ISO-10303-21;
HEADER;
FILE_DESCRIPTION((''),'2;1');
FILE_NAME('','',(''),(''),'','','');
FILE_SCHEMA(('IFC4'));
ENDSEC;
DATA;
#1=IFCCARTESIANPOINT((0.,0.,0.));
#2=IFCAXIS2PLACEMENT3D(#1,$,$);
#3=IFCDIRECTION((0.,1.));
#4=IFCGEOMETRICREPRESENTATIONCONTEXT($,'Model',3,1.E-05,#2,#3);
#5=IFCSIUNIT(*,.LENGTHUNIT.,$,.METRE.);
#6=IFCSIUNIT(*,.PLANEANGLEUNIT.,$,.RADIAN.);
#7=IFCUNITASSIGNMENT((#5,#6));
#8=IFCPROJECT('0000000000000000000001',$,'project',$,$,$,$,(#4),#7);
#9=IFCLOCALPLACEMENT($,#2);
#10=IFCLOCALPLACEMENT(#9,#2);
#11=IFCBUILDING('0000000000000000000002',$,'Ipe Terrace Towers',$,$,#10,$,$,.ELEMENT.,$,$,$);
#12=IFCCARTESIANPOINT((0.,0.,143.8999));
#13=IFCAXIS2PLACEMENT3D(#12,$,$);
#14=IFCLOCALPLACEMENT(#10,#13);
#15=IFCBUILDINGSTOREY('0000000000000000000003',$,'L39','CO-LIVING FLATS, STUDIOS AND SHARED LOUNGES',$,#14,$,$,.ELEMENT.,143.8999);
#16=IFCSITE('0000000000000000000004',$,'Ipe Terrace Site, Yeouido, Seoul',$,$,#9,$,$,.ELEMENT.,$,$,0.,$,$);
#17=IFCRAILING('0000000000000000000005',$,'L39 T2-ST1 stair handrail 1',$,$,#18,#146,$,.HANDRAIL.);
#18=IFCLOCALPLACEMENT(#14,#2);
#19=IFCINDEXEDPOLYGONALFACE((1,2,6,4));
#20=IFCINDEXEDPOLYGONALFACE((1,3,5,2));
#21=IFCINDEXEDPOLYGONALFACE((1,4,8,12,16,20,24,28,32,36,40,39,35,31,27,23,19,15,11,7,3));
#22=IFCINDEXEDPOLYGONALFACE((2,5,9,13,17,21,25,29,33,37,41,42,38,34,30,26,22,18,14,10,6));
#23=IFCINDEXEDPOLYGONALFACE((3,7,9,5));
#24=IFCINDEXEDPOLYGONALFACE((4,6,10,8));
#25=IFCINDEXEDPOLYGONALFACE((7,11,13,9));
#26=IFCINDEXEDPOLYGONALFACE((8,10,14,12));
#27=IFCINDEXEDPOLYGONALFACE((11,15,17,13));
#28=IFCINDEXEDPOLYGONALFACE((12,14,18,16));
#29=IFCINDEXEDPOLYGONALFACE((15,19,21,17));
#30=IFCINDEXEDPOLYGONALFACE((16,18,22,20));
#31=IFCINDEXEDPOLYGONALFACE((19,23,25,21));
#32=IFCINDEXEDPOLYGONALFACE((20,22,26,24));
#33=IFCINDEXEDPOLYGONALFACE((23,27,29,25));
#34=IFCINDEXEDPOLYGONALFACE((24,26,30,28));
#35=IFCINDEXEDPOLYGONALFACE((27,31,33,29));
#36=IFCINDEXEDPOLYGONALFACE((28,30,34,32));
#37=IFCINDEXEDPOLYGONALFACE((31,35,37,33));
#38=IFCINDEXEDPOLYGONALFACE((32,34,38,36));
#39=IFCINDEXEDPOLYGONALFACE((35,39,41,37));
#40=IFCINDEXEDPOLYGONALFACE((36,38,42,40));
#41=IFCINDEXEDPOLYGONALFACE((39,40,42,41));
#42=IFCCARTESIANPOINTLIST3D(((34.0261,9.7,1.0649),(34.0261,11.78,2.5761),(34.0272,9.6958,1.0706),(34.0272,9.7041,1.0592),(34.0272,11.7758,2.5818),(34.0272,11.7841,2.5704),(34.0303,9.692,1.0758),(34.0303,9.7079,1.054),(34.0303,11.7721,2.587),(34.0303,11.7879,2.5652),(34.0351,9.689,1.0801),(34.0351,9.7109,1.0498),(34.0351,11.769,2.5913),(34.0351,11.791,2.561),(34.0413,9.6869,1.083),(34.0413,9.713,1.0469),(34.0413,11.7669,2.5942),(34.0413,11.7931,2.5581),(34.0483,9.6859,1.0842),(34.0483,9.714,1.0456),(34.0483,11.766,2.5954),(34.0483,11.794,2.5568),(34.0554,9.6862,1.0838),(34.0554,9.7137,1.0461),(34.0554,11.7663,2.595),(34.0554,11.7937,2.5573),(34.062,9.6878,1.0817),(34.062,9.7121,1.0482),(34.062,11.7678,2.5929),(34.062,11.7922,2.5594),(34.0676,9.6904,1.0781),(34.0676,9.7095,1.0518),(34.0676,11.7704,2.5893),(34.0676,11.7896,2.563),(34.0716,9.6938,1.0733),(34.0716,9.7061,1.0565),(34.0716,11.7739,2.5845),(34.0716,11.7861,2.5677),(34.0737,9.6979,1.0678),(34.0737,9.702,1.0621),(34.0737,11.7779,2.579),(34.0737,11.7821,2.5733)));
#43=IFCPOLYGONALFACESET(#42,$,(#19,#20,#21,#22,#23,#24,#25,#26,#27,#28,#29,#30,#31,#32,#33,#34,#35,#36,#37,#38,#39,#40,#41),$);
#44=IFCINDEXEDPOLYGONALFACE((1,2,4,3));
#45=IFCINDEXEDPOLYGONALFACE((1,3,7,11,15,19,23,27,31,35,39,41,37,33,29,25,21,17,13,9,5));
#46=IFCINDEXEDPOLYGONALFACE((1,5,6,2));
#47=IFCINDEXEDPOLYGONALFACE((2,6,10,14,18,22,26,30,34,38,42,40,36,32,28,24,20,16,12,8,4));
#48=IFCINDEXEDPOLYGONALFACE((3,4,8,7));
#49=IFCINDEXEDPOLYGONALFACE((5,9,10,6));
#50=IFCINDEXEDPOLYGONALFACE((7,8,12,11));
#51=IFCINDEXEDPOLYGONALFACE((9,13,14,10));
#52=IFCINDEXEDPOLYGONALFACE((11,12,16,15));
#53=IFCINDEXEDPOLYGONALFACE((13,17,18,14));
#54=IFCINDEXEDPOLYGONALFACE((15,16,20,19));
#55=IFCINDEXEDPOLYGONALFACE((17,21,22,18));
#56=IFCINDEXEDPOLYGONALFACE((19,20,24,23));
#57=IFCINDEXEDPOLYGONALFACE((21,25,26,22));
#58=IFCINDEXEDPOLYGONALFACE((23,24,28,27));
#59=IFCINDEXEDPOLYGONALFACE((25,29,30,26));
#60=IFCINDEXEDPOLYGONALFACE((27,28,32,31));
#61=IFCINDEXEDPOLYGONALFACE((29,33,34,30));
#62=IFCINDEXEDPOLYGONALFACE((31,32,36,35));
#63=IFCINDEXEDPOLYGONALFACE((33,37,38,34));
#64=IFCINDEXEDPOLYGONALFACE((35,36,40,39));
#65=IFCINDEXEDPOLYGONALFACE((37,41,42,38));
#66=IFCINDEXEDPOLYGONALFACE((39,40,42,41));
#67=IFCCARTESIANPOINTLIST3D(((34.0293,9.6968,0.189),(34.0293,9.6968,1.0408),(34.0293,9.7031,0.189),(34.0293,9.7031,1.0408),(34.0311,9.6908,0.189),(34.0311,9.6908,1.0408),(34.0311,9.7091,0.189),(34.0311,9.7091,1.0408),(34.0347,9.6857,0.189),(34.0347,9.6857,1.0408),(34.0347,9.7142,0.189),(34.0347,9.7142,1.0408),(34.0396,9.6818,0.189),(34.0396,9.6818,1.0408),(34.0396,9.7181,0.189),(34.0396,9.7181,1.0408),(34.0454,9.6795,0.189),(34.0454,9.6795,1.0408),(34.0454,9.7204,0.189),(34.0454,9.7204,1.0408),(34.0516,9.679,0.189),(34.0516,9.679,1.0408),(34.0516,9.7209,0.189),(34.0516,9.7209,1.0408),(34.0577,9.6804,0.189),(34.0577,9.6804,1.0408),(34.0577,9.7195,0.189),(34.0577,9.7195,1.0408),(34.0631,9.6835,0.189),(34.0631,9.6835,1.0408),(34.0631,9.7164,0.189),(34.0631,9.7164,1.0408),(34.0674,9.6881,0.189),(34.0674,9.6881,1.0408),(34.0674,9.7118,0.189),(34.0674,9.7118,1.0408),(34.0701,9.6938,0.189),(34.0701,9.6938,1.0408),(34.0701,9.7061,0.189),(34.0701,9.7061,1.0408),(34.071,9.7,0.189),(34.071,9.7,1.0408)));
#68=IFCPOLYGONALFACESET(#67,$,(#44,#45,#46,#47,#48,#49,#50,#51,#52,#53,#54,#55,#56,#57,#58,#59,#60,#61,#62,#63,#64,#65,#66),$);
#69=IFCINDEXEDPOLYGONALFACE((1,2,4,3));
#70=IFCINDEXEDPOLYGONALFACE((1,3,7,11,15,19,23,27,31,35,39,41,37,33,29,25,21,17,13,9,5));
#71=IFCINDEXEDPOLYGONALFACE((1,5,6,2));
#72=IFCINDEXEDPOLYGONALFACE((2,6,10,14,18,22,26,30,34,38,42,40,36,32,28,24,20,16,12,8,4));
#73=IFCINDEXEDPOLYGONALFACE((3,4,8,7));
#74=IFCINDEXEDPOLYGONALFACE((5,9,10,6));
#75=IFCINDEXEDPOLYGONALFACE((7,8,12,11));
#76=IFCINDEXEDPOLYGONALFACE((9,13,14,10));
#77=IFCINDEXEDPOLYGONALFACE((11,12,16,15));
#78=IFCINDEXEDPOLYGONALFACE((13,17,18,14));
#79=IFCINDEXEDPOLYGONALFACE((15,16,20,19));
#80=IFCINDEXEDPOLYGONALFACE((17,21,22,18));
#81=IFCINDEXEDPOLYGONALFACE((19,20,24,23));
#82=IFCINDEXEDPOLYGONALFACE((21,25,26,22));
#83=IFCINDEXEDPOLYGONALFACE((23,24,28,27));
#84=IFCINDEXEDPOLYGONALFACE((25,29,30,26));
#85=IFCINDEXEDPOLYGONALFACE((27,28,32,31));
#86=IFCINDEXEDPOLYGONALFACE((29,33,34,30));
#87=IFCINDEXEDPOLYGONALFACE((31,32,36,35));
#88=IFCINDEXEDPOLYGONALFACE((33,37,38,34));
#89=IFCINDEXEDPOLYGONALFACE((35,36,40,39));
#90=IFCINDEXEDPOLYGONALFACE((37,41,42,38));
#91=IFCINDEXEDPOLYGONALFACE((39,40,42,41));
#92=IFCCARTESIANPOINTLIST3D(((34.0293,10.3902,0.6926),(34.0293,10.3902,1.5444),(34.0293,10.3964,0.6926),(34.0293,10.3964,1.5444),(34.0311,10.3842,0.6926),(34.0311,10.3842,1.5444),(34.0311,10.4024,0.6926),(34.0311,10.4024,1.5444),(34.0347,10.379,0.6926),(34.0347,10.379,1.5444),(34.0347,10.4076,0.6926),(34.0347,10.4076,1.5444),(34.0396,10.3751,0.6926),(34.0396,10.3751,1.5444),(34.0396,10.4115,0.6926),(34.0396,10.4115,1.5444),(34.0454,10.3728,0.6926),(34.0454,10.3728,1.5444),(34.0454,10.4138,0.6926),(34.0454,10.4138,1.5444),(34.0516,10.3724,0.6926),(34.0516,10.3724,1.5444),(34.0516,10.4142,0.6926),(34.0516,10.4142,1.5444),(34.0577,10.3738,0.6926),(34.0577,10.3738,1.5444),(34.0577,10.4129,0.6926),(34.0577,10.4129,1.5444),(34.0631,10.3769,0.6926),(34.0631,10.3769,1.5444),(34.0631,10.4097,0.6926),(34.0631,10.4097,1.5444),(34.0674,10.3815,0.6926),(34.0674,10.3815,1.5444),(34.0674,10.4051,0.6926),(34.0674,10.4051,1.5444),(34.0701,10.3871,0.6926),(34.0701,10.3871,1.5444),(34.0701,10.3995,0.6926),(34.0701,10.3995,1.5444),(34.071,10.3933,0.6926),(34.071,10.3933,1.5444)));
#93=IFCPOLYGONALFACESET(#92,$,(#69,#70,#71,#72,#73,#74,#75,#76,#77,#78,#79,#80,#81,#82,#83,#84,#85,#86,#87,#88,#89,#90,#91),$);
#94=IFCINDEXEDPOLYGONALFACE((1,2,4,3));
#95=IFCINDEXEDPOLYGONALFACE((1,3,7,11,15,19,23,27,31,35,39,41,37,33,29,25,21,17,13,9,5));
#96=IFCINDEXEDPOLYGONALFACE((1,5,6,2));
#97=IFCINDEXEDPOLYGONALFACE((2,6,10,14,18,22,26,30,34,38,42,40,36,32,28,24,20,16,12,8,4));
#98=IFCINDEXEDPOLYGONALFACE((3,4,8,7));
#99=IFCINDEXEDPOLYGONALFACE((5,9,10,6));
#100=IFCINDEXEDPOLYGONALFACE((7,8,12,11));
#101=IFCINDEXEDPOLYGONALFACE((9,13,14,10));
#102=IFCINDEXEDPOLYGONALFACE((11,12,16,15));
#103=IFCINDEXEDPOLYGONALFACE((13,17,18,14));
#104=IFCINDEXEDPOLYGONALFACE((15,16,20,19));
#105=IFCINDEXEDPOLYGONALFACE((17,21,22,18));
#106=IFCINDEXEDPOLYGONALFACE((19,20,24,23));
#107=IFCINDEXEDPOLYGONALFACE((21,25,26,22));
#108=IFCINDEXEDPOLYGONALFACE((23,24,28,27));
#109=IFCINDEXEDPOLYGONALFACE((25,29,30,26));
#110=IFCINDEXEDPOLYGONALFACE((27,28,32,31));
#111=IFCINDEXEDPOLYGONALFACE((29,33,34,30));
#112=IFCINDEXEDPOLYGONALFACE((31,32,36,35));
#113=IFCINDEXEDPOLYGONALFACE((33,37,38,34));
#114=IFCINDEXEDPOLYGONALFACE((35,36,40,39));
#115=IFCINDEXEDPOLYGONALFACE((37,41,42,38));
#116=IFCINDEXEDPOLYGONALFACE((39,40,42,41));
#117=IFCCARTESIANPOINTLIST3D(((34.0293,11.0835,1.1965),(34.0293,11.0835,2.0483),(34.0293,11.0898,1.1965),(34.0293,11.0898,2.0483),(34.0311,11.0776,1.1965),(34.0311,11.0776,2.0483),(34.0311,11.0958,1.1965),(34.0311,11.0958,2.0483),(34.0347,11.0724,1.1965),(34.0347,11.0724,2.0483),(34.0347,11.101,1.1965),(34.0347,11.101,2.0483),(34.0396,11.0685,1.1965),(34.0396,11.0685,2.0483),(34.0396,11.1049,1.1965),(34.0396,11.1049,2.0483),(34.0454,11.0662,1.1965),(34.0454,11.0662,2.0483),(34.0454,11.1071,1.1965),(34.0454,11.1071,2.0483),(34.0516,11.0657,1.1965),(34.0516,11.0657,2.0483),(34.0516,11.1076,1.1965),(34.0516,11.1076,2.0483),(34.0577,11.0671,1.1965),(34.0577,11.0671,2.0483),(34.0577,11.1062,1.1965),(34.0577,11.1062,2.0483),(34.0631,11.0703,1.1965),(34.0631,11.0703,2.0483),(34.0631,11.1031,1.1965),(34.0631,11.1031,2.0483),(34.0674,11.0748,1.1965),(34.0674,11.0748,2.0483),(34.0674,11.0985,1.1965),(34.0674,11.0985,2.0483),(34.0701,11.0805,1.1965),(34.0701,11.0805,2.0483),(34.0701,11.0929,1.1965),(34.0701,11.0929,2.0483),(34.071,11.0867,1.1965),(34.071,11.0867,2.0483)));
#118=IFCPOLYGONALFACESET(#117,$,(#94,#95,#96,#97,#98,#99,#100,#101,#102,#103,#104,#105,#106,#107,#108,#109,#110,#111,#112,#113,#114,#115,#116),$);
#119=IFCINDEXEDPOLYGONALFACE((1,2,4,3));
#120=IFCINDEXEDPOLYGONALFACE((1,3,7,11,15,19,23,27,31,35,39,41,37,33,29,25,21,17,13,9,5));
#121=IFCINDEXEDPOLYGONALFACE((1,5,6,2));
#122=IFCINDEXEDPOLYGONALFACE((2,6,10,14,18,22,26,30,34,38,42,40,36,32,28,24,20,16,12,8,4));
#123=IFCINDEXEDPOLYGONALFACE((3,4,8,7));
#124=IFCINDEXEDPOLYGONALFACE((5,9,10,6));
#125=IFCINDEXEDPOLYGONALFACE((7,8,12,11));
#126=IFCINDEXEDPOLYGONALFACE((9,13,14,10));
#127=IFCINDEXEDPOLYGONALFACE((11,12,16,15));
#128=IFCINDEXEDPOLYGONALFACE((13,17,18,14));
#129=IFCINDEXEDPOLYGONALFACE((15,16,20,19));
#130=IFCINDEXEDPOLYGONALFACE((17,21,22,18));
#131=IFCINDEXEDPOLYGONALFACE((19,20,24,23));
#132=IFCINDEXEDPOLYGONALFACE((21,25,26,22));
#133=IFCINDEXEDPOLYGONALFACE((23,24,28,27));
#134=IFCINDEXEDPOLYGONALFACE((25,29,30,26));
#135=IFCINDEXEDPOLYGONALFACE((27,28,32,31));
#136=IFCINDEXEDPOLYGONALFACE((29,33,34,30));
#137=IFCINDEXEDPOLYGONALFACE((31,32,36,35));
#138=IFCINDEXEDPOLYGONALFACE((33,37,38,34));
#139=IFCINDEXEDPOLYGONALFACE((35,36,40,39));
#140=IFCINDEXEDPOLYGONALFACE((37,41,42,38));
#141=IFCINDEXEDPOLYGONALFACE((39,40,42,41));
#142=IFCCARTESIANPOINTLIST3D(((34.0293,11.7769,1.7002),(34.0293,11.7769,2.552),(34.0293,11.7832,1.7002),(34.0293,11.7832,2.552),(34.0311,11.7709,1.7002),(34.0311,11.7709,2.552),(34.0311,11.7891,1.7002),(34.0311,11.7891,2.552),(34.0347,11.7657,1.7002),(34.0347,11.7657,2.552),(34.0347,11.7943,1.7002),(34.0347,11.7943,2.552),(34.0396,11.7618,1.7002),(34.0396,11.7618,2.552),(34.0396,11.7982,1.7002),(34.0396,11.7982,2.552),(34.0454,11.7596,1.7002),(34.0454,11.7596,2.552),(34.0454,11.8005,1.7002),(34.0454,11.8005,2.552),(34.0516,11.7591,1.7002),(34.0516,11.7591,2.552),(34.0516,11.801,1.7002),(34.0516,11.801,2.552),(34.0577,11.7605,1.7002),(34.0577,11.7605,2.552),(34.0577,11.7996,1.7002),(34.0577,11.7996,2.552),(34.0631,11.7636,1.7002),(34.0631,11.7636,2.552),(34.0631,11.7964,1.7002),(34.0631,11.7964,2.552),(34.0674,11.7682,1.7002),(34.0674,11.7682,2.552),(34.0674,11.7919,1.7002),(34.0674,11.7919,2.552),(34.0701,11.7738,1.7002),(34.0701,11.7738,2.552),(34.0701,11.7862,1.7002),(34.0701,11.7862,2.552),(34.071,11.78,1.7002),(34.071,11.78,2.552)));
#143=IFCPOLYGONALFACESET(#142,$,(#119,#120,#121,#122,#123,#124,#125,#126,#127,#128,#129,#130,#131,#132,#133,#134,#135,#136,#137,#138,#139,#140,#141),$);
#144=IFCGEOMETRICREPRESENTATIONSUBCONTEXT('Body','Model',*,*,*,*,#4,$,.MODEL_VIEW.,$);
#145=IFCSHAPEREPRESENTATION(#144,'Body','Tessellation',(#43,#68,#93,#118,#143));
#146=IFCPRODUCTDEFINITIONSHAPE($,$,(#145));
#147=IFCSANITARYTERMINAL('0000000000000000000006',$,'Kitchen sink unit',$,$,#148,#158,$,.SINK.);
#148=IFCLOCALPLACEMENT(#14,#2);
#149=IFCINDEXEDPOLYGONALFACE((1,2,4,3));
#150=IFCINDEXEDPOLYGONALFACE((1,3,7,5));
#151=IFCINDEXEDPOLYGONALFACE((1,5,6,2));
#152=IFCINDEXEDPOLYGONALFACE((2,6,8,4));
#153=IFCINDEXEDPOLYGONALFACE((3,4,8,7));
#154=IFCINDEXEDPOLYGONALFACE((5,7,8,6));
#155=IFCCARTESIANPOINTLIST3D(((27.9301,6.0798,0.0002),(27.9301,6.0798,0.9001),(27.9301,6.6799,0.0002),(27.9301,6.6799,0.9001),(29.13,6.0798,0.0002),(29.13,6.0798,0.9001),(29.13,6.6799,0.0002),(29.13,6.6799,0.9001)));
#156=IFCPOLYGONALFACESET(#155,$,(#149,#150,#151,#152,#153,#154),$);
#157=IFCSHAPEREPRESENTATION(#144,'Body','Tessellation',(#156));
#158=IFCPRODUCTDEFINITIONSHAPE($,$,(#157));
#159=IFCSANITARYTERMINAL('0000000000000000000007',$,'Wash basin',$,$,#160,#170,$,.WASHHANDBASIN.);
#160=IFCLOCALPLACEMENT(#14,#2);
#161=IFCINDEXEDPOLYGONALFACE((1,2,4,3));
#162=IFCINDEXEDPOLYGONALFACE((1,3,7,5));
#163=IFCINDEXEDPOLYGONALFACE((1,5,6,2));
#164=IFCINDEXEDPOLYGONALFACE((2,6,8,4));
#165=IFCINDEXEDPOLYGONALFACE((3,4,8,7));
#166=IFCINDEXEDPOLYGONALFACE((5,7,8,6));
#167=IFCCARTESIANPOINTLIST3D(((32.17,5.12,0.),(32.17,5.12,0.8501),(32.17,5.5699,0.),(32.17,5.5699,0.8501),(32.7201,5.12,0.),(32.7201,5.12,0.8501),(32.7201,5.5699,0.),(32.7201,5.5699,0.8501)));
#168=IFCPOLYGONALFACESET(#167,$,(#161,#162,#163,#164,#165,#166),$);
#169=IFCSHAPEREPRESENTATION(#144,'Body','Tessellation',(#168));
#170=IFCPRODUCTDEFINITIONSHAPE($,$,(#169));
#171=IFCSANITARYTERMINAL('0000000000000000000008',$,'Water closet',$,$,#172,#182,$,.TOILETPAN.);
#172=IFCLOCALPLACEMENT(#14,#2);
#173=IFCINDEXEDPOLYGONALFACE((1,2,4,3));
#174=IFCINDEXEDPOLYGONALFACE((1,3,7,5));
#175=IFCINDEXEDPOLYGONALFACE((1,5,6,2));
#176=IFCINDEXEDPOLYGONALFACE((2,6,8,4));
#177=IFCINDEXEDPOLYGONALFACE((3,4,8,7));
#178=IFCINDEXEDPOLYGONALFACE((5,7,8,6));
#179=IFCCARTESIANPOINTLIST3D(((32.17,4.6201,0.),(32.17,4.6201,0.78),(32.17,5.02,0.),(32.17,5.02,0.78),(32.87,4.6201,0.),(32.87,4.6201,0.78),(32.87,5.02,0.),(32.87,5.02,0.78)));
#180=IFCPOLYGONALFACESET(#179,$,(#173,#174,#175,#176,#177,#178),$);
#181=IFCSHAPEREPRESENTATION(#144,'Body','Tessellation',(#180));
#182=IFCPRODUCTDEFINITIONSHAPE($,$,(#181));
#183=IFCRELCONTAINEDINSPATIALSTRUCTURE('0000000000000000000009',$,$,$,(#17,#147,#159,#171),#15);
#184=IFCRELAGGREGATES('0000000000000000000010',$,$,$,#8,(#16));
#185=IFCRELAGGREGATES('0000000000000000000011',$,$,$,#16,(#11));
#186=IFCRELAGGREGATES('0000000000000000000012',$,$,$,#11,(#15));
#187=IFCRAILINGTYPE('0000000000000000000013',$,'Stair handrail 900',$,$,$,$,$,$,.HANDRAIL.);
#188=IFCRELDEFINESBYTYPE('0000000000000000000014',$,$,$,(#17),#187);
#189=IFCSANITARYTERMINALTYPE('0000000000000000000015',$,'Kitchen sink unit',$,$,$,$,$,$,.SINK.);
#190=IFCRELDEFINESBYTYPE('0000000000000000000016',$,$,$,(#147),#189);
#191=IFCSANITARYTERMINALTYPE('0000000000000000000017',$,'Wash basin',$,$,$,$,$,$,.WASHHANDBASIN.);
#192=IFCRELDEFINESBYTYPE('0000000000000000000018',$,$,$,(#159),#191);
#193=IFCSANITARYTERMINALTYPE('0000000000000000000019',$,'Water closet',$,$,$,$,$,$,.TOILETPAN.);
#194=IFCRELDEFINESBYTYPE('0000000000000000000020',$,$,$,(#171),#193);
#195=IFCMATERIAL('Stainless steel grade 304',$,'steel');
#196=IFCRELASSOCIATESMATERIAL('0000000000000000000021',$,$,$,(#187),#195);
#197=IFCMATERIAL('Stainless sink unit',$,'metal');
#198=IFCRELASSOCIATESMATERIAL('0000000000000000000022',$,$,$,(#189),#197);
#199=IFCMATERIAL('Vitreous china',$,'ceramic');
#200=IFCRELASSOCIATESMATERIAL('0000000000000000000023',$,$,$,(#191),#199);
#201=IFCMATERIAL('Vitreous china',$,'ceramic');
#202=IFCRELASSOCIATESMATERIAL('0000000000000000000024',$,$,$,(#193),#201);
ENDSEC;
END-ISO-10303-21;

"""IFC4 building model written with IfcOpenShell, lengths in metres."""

from ifc_helpers import new_model, si_unit, direction, frame, origin, origin_2d, place, context, subcontext, project, spatial, rectangle, circle, extrude, material, type_object, element, save


model = new_model("IFC4")

# Units and contexts
model_context = context("Model", 3, precision=1e-05, world=origin(), true_north=direction((0.0, 1.0)))
body_context = subcontext(model_context, "Body", "Model", "MODEL_VIEW")
ifc_project = project(units=[si_unit("LENGTHUNIT", "METRE"), si_unit("PLANEANGLEUNIT", "RADIAN")], contexts=[model_context])

# Site, building, storey
site_placement = place(None, origin())
site = spatial("IfcSite", under=ifc_project, at=site_placement, Name="Ipe Terrace Site, Yeouido, Seoul", CompositionType="ELEMENT", RefElevation=0.0)
building_placement = place(site_placement, origin())
building = spatial("IfcBuilding", under=site, at=building_placement, Name="Ipe Terrace Towers", CompositionType="ELEMENT")
storey_placement = place(building_placement, frame((0.0, 0.0, 143.8999)))
storey = spatial("IfcBuildingStorey", under=building, at=storey_placement, Name="L39", Description="CO-LIVING FLATS, STUDIOS AND SHARED LOUNGES", CompositionType="ELEMENT", Elevation=143.8999)

# Railing
ifc_material_1 = material(Name="Stainless steel grade 304", Category="steel")
railing_type_1 = type_object("IfcRailingType", Name="Stair handrail 900", PredefinedType="HANDRAIL", material=ifc_material_1)
railing_1_placement = place(storey_placement, frame((34.05, 9.7, 0.189)))
element("IfcRailing", 1, at=railing_1_placement, inside=storey, type_object=railing_type_1, Name="L39 T2-ST1 stair handrail 1", PredefinedType="HANDRAIL", context=body_context, shape_type="SweptSolid", body=[
    extrude(circle(Radius=0.0239, at=origin_2d()), frame((0.0, 0.0, 0.876), z_axis=(0.0, 0.809023, 0.587776), x_axis=(-1.0, 0.0, 0.0)), (0.0, 0.0, 1.0), 2.571),
    extrude(circle(Radius=0.021, at=origin_2d()), origin(), (0.0, 0.0, 1.0), 0.8518),
    extrude(circle(Radius=0.021, at=origin_2d()), frame((0.0, 0.6934, 0.5037)), (0.0, 0.0, 1.0), 0.8518),
    extrude(circle(Radius=0.021, at=origin_2d()), frame((0.0, 1.3867, 1.0076)), (0.0, 0.0, 1.0), 0.8518),
    extrude(circle(Radius=0.021, at=origin_2d()), frame((0.0, 2.0801, 1.5112)), (0.0, 0.0, 1.0), 0.8518),
])

# Sanitary terminals
ifc_material_2 = material(Name="Stainless sink unit", Category="metal")
sanitary_terminal_type_1 = type_object("IfcSanitaryTerminalType", Name="Kitchen sink unit", PredefinedType="SINK", material=ifc_material_2)
sanitary_terminal_1_placement = place(storey_placement, frame((28.53, 6.3799, 0.0002), z_axis=(0.0, 0.0, 1.0), x_axis=(1.0, 0.0, 0.0)))
element("IfcSanitaryTerminal", 2, at=sanitary_terminal_1_placement, inside=storey, type_object=sanitary_terminal_type_1, Name="Kitchen sink unit", PredefinedType="SINK", context=body_context, shape_type="SweptSolid", body=[
    extrude(rectangle(XDim=1.2, YDim=0.6001, at=origin_2d()), origin(), (0.0, 0.0, 1.0), 0.8999),
])
ifc_material_3 = material(Name="Vitreous china", Category="ceramic")
sanitary_terminal_type_2 = type_object("IfcSanitaryTerminalType", Name="Wash basin", PredefinedType="WASHHANDBASIN", material=ifc_material_3)
sanitary_terminal_2_placement = place(storey_placement, frame((32.4451, 5.345, 0.0), z_axis=(0.0, 0.0, 1.0), x_axis=(1.0, 0.0, 0.0)))
element("IfcSanitaryTerminal", 3, at=sanitary_terminal_2_placement, inside=storey, type_object=sanitary_terminal_type_2, Name="Wash basin", PredefinedType="WASHHANDBASIN", context=body_context, shape_type="SweptSolid", body=[
    extrude(rectangle(XDim=0.55, YDim=0.45, at=origin_2d()), origin(), (0.0, 0.0, 1.0), 0.8501),
])
ifc_material_4 = material(Name="Vitreous china", Category="ceramic")
sanitary_terminal_type_3 = type_object("IfcSanitaryTerminalType", Name="Water closet", PredefinedType="TOILETPAN", material=ifc_material_4)
sanitary_terminal_3_placement = place(storey_placement, frame((32.52, 4.8201, 0.0), z_axis=(0.0, 0.0, 1.0), x_axis=(1.0, 0.0, 0.0)))
element("IfcSanitaryTerminal", 4, at=sanitary_terminal_3_placement, inside=storey, type_object=sanitary_terminal_type_3, Name="Water closet", PredefinedType="TOILETPAN", context=body_context, shape_type="SweptSolid", body=[
    extrude(rectangle(XDim=0.7, YDim=0.3999, at=origin_2d()), origin(), (0.0, 0.0, 1.0), 0.78),
])

save(model, "model.ifc")
